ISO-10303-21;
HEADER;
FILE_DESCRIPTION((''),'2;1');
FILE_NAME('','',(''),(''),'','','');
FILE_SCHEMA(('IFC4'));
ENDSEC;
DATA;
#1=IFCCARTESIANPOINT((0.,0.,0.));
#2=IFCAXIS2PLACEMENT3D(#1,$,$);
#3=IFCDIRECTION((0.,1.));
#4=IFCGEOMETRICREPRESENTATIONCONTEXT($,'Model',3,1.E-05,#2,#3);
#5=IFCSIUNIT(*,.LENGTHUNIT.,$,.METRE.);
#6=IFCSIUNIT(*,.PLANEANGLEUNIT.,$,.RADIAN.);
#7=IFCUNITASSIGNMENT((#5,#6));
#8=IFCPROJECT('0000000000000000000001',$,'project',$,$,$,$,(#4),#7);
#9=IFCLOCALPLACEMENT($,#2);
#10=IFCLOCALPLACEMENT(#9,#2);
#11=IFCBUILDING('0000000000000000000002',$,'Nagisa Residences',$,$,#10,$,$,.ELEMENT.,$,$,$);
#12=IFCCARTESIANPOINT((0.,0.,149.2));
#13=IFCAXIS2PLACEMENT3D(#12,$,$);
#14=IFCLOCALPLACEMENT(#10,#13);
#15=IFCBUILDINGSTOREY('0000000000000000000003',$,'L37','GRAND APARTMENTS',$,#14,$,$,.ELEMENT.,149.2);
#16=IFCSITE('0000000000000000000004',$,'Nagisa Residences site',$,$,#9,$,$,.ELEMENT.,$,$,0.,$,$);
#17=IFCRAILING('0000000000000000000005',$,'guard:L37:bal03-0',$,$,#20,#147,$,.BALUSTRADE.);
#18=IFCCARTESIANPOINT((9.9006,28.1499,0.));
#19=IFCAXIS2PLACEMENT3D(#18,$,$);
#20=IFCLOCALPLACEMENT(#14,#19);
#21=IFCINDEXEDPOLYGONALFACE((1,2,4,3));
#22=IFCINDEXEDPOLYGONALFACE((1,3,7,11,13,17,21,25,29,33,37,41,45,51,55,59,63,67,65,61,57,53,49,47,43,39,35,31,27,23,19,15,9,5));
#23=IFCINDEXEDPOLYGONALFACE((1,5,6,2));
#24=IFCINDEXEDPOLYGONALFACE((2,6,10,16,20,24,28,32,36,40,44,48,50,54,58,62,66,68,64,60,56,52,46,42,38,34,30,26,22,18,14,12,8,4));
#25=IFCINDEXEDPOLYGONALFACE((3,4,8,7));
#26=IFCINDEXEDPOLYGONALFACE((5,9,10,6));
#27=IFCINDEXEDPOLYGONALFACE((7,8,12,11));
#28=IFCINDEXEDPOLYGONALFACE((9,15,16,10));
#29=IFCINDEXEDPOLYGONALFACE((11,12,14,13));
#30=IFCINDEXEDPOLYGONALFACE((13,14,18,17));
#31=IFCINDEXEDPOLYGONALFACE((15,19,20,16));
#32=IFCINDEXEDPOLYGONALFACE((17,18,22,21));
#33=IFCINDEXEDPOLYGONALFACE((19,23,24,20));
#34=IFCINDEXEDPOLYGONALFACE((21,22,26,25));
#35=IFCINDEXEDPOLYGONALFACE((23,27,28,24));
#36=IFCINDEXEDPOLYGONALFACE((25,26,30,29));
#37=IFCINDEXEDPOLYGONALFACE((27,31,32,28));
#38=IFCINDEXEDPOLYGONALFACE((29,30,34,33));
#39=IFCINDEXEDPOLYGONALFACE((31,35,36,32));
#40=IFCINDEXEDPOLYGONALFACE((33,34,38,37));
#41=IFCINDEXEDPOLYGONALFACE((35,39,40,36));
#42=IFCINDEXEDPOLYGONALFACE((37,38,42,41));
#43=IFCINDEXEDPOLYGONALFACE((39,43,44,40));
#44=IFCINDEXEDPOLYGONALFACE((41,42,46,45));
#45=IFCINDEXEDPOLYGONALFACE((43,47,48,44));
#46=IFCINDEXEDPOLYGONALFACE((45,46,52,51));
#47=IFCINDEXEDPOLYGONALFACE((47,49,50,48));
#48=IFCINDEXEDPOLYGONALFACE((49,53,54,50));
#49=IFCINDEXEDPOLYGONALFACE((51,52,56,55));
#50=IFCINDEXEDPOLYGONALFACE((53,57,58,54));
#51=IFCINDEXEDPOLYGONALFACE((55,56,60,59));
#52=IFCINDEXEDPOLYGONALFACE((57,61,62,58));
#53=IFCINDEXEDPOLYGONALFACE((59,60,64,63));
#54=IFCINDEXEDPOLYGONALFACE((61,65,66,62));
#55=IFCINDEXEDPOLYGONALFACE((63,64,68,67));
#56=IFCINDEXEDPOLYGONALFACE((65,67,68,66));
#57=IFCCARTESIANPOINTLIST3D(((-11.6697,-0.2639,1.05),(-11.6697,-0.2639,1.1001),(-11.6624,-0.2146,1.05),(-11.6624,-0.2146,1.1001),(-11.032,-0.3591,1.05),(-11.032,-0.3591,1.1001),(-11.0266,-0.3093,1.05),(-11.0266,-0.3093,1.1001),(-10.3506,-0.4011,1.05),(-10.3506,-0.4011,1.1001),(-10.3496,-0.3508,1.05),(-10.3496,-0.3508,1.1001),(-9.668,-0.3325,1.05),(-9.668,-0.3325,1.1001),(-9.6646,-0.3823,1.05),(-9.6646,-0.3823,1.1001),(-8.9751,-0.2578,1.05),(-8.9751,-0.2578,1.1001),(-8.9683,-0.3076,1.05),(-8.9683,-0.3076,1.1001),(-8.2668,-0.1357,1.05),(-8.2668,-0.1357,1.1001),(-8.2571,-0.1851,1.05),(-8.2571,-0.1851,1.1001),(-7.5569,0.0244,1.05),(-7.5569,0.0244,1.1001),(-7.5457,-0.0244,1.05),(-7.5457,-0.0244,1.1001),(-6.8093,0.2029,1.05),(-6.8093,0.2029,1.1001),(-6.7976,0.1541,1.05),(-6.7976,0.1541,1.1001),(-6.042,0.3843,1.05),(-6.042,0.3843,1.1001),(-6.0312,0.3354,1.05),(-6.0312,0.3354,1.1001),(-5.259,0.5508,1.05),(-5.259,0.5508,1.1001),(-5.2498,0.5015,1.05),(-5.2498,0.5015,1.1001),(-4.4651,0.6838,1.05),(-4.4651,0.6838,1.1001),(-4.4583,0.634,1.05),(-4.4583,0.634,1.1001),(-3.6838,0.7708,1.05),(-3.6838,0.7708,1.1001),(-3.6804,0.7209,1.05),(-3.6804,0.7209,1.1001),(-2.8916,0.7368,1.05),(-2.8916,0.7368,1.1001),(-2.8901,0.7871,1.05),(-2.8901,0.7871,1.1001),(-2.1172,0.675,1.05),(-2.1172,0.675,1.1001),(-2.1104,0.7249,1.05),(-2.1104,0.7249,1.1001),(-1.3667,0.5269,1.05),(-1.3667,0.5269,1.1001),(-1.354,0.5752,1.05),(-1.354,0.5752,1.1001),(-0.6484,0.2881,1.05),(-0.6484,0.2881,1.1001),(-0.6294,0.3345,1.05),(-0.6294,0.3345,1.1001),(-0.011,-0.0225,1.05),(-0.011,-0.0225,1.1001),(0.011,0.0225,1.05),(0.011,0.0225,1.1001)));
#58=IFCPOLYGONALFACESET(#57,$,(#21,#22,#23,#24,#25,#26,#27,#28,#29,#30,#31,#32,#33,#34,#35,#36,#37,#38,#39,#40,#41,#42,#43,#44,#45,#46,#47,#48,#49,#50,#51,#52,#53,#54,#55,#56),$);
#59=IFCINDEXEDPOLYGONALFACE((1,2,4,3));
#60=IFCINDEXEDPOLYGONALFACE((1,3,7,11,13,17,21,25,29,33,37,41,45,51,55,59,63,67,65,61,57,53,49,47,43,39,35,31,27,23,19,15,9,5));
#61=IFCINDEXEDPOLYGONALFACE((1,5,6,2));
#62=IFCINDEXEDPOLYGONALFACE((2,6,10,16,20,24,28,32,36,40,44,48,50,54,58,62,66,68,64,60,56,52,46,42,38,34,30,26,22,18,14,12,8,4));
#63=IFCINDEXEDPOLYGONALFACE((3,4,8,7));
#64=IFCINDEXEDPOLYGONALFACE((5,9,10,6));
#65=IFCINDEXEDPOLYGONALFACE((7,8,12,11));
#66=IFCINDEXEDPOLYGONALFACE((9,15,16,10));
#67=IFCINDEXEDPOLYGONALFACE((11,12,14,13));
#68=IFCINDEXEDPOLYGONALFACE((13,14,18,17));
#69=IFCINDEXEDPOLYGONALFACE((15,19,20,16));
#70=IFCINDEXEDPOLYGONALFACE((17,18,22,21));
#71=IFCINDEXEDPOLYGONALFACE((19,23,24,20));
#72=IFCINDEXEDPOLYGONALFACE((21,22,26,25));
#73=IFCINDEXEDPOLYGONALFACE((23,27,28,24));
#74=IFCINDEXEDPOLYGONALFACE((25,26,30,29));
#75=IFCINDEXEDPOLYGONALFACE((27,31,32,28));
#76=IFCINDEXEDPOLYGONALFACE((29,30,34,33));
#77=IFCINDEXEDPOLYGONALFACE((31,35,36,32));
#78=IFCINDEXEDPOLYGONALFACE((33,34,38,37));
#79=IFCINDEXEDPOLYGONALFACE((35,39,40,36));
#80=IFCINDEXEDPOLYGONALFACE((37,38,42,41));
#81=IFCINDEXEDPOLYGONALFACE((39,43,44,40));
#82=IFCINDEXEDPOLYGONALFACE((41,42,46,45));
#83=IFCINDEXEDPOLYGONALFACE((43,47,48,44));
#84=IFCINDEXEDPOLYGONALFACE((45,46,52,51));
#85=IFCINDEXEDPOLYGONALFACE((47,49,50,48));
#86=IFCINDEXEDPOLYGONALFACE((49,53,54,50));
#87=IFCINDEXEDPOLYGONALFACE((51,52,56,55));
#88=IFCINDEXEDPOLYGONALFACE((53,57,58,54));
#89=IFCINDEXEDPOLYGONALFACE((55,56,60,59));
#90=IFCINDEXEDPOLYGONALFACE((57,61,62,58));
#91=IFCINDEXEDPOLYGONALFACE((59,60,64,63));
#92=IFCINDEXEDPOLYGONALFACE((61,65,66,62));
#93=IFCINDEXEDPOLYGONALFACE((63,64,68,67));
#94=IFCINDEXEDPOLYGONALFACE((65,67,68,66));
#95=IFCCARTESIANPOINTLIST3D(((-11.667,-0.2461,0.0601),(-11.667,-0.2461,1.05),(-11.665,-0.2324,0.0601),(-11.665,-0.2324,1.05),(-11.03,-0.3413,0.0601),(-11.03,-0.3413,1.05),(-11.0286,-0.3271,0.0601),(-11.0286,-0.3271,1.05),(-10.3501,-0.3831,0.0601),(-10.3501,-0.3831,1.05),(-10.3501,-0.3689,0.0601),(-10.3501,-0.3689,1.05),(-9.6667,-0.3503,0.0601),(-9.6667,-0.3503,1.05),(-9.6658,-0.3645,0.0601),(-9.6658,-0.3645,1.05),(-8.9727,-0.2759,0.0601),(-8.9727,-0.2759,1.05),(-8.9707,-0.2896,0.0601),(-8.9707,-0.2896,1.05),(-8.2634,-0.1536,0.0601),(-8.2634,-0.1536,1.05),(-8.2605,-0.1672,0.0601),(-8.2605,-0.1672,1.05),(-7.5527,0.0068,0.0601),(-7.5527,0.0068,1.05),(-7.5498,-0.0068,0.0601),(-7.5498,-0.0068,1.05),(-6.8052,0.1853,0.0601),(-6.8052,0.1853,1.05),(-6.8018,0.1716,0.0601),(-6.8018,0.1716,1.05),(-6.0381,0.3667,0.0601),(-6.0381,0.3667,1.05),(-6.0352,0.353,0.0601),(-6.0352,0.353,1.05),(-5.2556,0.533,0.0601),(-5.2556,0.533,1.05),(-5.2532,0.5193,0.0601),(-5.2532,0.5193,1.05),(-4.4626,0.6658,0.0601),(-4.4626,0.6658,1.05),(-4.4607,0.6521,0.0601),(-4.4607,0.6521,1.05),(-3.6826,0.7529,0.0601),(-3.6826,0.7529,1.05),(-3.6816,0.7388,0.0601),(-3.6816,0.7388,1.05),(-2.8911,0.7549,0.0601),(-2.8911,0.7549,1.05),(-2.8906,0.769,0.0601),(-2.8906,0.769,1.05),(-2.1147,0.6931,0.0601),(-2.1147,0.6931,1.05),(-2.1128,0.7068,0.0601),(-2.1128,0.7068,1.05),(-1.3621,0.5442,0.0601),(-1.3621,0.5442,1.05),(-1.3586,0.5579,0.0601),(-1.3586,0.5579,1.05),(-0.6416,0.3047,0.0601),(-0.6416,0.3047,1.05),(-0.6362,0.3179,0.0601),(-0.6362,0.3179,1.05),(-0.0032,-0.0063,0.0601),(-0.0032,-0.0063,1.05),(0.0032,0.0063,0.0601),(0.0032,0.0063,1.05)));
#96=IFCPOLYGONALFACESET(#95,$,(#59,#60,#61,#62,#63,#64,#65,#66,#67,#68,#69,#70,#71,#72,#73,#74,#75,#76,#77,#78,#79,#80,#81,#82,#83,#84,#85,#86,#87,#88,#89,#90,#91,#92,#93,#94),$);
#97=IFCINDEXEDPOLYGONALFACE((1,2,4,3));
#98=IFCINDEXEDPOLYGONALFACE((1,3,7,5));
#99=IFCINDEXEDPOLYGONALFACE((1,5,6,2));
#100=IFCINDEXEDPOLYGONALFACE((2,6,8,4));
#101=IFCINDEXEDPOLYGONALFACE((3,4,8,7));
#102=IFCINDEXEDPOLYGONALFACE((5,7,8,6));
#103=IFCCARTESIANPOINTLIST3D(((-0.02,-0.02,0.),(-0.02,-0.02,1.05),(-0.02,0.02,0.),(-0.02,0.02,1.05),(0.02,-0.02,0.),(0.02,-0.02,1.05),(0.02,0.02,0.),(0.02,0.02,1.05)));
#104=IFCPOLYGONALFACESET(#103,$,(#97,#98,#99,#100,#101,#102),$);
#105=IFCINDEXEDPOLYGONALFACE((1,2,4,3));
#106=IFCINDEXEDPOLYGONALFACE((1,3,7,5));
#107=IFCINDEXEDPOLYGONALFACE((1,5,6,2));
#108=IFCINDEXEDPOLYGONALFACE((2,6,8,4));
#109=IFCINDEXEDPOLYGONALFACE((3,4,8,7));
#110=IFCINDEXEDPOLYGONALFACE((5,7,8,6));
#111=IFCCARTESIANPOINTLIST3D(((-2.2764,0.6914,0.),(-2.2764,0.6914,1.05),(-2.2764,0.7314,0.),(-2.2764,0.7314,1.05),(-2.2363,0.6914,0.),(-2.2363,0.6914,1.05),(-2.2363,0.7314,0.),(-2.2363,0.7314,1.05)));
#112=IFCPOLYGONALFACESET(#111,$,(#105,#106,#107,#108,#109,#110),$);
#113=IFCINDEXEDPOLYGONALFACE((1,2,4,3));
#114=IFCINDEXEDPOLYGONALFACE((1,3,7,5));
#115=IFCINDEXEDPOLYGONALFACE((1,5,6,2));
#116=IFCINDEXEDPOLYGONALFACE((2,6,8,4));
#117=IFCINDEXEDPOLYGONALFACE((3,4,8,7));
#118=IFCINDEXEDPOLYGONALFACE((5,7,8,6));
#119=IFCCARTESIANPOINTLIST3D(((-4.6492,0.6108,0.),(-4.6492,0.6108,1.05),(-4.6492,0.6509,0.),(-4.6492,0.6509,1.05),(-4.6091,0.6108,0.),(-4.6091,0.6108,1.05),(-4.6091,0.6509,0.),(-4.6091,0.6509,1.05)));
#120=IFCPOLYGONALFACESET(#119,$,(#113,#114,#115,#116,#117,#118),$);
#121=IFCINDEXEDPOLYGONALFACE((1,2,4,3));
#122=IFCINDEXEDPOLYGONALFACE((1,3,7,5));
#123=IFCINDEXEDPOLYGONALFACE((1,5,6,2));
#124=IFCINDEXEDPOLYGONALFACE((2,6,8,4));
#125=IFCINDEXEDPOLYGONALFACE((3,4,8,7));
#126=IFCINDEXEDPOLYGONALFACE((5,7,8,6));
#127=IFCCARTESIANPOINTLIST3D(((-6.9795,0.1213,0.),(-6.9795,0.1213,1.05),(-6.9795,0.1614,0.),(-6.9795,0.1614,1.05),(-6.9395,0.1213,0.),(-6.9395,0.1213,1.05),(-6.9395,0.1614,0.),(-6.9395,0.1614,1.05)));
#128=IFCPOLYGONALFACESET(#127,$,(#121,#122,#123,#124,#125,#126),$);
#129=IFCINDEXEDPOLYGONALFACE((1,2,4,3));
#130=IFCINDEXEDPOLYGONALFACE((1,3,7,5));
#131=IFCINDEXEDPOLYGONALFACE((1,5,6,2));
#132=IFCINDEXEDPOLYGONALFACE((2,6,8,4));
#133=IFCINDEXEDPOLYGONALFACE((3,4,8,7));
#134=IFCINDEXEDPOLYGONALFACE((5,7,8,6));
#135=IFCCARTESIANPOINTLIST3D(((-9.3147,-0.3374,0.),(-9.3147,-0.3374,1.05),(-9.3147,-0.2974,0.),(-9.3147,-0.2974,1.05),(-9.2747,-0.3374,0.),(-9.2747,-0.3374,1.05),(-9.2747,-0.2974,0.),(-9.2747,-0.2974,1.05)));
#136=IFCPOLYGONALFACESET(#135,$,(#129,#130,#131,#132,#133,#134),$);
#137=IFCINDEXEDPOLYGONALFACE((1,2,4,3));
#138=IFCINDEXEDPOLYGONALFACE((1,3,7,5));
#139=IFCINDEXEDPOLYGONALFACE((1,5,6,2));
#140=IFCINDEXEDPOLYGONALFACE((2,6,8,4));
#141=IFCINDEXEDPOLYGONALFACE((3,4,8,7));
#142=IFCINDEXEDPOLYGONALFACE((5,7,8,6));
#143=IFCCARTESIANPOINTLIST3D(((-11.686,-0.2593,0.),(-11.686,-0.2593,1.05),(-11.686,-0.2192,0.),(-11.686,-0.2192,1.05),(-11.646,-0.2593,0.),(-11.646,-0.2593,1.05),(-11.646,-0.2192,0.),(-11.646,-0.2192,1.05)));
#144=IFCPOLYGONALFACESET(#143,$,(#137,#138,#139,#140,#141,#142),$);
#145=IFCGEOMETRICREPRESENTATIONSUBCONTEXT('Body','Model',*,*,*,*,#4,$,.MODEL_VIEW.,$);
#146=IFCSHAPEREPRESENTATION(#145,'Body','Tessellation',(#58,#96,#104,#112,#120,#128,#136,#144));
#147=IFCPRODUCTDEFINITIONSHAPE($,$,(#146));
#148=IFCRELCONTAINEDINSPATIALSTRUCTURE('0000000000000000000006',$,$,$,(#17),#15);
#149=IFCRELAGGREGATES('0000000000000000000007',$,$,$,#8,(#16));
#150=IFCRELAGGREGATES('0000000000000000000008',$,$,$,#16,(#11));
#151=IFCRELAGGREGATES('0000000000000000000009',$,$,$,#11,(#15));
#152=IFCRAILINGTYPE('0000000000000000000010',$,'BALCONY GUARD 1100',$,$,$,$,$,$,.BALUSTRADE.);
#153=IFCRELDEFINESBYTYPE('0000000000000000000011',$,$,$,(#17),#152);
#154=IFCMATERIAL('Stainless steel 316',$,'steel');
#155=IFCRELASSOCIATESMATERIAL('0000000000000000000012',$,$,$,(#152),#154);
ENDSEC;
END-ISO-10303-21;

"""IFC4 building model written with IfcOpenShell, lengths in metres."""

from ifc_helpers import new_model, si_unit, direction, frame, origin, origin_2d, place, context, subcontext, project, spatial, polyline, rectangle, outline, extrude, material, type_object, element, save


model = new_model("IFC4")

# Units and contexts
model_context = context("Model", 3, precision=1e-05, world=origin(), true_north=direction((0.0, 1.0)))
body_context = subcontext(model_context, "Body", "Model", "MODEL_VIEW")
ifc_project = project(units=[si_unit("LENGTHUNIT", "METRE"), si_unit("PLANEANGLEUNIT", "RADIAN")], contexts=[model_context])

# Site, building, storey
site_placement = place(None, origin())
site = spatial("IfcSite", under=ifc_project, at=site_placement, Name="Nagisa Residences site", CompositionType="ELEMENT", RefElevation=0.0)
building_placement = place(site_placement, origin())
building = spatial("IfcBuilding", under=site, at=building_placement, Name="Nagisa Residences", CompositionType="ELEMENT")
storey_placement = place(building_placement, frame((0.0, 0.0, 149.2)))
storey = spatial("IfcBuildingStorey", under=building, at=storey_placement, Name="L37", Description="GRAND APARTMENTS", CompositionType="ELEMENT", Elevation=149.2)

# Railing
ifc_material_1 = material(Name="Stainless steel 316", Category="steel")
railing_type_1 = type_object("IfcRailingType", Name="BALCONY GUARD 1100", PredefinedType="BALUSTRADE", material=ifc_material_1)
railing_1_placement = place(storey_placement, frame((9.9006, 28.1499, 0.0)))
element("IfcRailing", 1, at=railing_1_placement, inside=storey, type_object=railing_type_1, Name="guard:L37:bal03-0", PredefinedType="BALUSTRADE", context=body_context, shape_type="SweptSolid", body=[
    extrude(outline(polyline([(-0.6484, 0.2881), (-0.011, -0.0225), (0.011, 0.0225), (-0.6294, 0.3345), (-1.354, 0.5752), (-2.1104, 0.7249), (-2.8901, 0.7871), (-3.6838, 0.7708), (-4.4651, 0.6838), (-5.259, 0.5508), (-6.042, 0.3843), (-6.8093, 0.2029), (-7.5569, 0.0244), (-8.2668, -0.1357), (-8.9751, -0.2578), (-9.668, -0.3325), (-10.3496, -0.3508), (-11.0266, -0.3093), (-11.6624, -0.2146), (-11.6697, -0.2639), (-11.032, -0.3591), (-10.3506, -0.4011), (-9.6646, -0.3823), (-8.9683, -0.3076), (-8.2571, -0.1851), (-7.5457, -0.0244), (-6.7976, 0.1541), (-6.0312, 0.3354), (-5.2498, 0.5015), (-4.4583, 0.634), (-3.6804, 0.7209), (-2.8916, 0.7368), (-2.1172, 0.675), (-1.3667, 0.5269), (-0.6484, 0.2881)])), frame((0.0, 0.0, 1.05)), (0.0, 0.0, 1.0), 0.05),
    extrude(outline(polyline([(-0.6416, 0.3047), (-0.0032, -0.0063), (0.0032, 0.0063), (-0.6362, 0.3179), (-1.3586, 0.5579), (-2.1128, 0.7068), (-2.8906, 0.769), (-3.6826, 0.7529), (-4.4626, 0.6658), (-5.2556, 0.533), (-6.0381, 0.3667), (-6.8052, 0.1853), (-7.5527, 0.0068), (-8.2634, -0.1536), (-8.9727, -0.2759), (-9.6667, -0.3503), (-10.3501, -0.3689), (-11.0286, -0.3271), (-11.665, -0.2324), (-11.667, -0.2461), (-11.03, -0.3413), (-10.3501, -0.3831), (-9.6658, -0.3645), (-8.9707, -0.2896), (-8.2605, -0.1672), (-7.5498, -0.0068), (-6.8018, 0.1716), (-6.0352, 0.353), (-5.2532, 0.5193), (-4.4607, 0.6521), (-3.6816, 0.7388), (-2.8911, 0.7549), (-2.1147, 0.6931), (-1.3621, 0.5442), (-0.6416, 0.3047)])), frame((0.0, 0.0, 0.0601)), (0.0, 0.0, 1.0), 0.99),
    extrude(rectangle(XDim=0.04, YDim=0.04, at=origin_2d()), origin(), (0.0, 0.0, 1.0), 1.05),
    extrude(rectangle(XDim=0.04, YDim=0.04, at=origin_2d()), frame((-2.2563, 0.7114, 0.0)), (0.0, 0.0, 1.0), 1.05),
    extrude(rectangle(XDim=0.04, YDim=0.04, at=origin_2d()), frame((-4.6292, 0.6309, 0.0)), (0.0, 0.0, 1.0), 1.05),
    extrude(rectangle(XDim=0.04, YDim=0.04, at=origin_2d()), frame((-6.9595, 0.1414, 0.0)), (0.0, 0.0, 1.0), 1.05),
    extrude(rectangle(XDim=0.04, YDim=0.04, at=origin_2d()), frame((-9.2947, -0.3174, 0.0)), (0.0, 0.0, 1.0), 1.05),
    extrude(rectangle(XDim=0.04, YDim=0.04, at=origin_2d()), frame((-11.666, -0.2393, 0.0)), (0.0, 0.0, 1.0), 1.05),
])

save(model, "model.ifc")
